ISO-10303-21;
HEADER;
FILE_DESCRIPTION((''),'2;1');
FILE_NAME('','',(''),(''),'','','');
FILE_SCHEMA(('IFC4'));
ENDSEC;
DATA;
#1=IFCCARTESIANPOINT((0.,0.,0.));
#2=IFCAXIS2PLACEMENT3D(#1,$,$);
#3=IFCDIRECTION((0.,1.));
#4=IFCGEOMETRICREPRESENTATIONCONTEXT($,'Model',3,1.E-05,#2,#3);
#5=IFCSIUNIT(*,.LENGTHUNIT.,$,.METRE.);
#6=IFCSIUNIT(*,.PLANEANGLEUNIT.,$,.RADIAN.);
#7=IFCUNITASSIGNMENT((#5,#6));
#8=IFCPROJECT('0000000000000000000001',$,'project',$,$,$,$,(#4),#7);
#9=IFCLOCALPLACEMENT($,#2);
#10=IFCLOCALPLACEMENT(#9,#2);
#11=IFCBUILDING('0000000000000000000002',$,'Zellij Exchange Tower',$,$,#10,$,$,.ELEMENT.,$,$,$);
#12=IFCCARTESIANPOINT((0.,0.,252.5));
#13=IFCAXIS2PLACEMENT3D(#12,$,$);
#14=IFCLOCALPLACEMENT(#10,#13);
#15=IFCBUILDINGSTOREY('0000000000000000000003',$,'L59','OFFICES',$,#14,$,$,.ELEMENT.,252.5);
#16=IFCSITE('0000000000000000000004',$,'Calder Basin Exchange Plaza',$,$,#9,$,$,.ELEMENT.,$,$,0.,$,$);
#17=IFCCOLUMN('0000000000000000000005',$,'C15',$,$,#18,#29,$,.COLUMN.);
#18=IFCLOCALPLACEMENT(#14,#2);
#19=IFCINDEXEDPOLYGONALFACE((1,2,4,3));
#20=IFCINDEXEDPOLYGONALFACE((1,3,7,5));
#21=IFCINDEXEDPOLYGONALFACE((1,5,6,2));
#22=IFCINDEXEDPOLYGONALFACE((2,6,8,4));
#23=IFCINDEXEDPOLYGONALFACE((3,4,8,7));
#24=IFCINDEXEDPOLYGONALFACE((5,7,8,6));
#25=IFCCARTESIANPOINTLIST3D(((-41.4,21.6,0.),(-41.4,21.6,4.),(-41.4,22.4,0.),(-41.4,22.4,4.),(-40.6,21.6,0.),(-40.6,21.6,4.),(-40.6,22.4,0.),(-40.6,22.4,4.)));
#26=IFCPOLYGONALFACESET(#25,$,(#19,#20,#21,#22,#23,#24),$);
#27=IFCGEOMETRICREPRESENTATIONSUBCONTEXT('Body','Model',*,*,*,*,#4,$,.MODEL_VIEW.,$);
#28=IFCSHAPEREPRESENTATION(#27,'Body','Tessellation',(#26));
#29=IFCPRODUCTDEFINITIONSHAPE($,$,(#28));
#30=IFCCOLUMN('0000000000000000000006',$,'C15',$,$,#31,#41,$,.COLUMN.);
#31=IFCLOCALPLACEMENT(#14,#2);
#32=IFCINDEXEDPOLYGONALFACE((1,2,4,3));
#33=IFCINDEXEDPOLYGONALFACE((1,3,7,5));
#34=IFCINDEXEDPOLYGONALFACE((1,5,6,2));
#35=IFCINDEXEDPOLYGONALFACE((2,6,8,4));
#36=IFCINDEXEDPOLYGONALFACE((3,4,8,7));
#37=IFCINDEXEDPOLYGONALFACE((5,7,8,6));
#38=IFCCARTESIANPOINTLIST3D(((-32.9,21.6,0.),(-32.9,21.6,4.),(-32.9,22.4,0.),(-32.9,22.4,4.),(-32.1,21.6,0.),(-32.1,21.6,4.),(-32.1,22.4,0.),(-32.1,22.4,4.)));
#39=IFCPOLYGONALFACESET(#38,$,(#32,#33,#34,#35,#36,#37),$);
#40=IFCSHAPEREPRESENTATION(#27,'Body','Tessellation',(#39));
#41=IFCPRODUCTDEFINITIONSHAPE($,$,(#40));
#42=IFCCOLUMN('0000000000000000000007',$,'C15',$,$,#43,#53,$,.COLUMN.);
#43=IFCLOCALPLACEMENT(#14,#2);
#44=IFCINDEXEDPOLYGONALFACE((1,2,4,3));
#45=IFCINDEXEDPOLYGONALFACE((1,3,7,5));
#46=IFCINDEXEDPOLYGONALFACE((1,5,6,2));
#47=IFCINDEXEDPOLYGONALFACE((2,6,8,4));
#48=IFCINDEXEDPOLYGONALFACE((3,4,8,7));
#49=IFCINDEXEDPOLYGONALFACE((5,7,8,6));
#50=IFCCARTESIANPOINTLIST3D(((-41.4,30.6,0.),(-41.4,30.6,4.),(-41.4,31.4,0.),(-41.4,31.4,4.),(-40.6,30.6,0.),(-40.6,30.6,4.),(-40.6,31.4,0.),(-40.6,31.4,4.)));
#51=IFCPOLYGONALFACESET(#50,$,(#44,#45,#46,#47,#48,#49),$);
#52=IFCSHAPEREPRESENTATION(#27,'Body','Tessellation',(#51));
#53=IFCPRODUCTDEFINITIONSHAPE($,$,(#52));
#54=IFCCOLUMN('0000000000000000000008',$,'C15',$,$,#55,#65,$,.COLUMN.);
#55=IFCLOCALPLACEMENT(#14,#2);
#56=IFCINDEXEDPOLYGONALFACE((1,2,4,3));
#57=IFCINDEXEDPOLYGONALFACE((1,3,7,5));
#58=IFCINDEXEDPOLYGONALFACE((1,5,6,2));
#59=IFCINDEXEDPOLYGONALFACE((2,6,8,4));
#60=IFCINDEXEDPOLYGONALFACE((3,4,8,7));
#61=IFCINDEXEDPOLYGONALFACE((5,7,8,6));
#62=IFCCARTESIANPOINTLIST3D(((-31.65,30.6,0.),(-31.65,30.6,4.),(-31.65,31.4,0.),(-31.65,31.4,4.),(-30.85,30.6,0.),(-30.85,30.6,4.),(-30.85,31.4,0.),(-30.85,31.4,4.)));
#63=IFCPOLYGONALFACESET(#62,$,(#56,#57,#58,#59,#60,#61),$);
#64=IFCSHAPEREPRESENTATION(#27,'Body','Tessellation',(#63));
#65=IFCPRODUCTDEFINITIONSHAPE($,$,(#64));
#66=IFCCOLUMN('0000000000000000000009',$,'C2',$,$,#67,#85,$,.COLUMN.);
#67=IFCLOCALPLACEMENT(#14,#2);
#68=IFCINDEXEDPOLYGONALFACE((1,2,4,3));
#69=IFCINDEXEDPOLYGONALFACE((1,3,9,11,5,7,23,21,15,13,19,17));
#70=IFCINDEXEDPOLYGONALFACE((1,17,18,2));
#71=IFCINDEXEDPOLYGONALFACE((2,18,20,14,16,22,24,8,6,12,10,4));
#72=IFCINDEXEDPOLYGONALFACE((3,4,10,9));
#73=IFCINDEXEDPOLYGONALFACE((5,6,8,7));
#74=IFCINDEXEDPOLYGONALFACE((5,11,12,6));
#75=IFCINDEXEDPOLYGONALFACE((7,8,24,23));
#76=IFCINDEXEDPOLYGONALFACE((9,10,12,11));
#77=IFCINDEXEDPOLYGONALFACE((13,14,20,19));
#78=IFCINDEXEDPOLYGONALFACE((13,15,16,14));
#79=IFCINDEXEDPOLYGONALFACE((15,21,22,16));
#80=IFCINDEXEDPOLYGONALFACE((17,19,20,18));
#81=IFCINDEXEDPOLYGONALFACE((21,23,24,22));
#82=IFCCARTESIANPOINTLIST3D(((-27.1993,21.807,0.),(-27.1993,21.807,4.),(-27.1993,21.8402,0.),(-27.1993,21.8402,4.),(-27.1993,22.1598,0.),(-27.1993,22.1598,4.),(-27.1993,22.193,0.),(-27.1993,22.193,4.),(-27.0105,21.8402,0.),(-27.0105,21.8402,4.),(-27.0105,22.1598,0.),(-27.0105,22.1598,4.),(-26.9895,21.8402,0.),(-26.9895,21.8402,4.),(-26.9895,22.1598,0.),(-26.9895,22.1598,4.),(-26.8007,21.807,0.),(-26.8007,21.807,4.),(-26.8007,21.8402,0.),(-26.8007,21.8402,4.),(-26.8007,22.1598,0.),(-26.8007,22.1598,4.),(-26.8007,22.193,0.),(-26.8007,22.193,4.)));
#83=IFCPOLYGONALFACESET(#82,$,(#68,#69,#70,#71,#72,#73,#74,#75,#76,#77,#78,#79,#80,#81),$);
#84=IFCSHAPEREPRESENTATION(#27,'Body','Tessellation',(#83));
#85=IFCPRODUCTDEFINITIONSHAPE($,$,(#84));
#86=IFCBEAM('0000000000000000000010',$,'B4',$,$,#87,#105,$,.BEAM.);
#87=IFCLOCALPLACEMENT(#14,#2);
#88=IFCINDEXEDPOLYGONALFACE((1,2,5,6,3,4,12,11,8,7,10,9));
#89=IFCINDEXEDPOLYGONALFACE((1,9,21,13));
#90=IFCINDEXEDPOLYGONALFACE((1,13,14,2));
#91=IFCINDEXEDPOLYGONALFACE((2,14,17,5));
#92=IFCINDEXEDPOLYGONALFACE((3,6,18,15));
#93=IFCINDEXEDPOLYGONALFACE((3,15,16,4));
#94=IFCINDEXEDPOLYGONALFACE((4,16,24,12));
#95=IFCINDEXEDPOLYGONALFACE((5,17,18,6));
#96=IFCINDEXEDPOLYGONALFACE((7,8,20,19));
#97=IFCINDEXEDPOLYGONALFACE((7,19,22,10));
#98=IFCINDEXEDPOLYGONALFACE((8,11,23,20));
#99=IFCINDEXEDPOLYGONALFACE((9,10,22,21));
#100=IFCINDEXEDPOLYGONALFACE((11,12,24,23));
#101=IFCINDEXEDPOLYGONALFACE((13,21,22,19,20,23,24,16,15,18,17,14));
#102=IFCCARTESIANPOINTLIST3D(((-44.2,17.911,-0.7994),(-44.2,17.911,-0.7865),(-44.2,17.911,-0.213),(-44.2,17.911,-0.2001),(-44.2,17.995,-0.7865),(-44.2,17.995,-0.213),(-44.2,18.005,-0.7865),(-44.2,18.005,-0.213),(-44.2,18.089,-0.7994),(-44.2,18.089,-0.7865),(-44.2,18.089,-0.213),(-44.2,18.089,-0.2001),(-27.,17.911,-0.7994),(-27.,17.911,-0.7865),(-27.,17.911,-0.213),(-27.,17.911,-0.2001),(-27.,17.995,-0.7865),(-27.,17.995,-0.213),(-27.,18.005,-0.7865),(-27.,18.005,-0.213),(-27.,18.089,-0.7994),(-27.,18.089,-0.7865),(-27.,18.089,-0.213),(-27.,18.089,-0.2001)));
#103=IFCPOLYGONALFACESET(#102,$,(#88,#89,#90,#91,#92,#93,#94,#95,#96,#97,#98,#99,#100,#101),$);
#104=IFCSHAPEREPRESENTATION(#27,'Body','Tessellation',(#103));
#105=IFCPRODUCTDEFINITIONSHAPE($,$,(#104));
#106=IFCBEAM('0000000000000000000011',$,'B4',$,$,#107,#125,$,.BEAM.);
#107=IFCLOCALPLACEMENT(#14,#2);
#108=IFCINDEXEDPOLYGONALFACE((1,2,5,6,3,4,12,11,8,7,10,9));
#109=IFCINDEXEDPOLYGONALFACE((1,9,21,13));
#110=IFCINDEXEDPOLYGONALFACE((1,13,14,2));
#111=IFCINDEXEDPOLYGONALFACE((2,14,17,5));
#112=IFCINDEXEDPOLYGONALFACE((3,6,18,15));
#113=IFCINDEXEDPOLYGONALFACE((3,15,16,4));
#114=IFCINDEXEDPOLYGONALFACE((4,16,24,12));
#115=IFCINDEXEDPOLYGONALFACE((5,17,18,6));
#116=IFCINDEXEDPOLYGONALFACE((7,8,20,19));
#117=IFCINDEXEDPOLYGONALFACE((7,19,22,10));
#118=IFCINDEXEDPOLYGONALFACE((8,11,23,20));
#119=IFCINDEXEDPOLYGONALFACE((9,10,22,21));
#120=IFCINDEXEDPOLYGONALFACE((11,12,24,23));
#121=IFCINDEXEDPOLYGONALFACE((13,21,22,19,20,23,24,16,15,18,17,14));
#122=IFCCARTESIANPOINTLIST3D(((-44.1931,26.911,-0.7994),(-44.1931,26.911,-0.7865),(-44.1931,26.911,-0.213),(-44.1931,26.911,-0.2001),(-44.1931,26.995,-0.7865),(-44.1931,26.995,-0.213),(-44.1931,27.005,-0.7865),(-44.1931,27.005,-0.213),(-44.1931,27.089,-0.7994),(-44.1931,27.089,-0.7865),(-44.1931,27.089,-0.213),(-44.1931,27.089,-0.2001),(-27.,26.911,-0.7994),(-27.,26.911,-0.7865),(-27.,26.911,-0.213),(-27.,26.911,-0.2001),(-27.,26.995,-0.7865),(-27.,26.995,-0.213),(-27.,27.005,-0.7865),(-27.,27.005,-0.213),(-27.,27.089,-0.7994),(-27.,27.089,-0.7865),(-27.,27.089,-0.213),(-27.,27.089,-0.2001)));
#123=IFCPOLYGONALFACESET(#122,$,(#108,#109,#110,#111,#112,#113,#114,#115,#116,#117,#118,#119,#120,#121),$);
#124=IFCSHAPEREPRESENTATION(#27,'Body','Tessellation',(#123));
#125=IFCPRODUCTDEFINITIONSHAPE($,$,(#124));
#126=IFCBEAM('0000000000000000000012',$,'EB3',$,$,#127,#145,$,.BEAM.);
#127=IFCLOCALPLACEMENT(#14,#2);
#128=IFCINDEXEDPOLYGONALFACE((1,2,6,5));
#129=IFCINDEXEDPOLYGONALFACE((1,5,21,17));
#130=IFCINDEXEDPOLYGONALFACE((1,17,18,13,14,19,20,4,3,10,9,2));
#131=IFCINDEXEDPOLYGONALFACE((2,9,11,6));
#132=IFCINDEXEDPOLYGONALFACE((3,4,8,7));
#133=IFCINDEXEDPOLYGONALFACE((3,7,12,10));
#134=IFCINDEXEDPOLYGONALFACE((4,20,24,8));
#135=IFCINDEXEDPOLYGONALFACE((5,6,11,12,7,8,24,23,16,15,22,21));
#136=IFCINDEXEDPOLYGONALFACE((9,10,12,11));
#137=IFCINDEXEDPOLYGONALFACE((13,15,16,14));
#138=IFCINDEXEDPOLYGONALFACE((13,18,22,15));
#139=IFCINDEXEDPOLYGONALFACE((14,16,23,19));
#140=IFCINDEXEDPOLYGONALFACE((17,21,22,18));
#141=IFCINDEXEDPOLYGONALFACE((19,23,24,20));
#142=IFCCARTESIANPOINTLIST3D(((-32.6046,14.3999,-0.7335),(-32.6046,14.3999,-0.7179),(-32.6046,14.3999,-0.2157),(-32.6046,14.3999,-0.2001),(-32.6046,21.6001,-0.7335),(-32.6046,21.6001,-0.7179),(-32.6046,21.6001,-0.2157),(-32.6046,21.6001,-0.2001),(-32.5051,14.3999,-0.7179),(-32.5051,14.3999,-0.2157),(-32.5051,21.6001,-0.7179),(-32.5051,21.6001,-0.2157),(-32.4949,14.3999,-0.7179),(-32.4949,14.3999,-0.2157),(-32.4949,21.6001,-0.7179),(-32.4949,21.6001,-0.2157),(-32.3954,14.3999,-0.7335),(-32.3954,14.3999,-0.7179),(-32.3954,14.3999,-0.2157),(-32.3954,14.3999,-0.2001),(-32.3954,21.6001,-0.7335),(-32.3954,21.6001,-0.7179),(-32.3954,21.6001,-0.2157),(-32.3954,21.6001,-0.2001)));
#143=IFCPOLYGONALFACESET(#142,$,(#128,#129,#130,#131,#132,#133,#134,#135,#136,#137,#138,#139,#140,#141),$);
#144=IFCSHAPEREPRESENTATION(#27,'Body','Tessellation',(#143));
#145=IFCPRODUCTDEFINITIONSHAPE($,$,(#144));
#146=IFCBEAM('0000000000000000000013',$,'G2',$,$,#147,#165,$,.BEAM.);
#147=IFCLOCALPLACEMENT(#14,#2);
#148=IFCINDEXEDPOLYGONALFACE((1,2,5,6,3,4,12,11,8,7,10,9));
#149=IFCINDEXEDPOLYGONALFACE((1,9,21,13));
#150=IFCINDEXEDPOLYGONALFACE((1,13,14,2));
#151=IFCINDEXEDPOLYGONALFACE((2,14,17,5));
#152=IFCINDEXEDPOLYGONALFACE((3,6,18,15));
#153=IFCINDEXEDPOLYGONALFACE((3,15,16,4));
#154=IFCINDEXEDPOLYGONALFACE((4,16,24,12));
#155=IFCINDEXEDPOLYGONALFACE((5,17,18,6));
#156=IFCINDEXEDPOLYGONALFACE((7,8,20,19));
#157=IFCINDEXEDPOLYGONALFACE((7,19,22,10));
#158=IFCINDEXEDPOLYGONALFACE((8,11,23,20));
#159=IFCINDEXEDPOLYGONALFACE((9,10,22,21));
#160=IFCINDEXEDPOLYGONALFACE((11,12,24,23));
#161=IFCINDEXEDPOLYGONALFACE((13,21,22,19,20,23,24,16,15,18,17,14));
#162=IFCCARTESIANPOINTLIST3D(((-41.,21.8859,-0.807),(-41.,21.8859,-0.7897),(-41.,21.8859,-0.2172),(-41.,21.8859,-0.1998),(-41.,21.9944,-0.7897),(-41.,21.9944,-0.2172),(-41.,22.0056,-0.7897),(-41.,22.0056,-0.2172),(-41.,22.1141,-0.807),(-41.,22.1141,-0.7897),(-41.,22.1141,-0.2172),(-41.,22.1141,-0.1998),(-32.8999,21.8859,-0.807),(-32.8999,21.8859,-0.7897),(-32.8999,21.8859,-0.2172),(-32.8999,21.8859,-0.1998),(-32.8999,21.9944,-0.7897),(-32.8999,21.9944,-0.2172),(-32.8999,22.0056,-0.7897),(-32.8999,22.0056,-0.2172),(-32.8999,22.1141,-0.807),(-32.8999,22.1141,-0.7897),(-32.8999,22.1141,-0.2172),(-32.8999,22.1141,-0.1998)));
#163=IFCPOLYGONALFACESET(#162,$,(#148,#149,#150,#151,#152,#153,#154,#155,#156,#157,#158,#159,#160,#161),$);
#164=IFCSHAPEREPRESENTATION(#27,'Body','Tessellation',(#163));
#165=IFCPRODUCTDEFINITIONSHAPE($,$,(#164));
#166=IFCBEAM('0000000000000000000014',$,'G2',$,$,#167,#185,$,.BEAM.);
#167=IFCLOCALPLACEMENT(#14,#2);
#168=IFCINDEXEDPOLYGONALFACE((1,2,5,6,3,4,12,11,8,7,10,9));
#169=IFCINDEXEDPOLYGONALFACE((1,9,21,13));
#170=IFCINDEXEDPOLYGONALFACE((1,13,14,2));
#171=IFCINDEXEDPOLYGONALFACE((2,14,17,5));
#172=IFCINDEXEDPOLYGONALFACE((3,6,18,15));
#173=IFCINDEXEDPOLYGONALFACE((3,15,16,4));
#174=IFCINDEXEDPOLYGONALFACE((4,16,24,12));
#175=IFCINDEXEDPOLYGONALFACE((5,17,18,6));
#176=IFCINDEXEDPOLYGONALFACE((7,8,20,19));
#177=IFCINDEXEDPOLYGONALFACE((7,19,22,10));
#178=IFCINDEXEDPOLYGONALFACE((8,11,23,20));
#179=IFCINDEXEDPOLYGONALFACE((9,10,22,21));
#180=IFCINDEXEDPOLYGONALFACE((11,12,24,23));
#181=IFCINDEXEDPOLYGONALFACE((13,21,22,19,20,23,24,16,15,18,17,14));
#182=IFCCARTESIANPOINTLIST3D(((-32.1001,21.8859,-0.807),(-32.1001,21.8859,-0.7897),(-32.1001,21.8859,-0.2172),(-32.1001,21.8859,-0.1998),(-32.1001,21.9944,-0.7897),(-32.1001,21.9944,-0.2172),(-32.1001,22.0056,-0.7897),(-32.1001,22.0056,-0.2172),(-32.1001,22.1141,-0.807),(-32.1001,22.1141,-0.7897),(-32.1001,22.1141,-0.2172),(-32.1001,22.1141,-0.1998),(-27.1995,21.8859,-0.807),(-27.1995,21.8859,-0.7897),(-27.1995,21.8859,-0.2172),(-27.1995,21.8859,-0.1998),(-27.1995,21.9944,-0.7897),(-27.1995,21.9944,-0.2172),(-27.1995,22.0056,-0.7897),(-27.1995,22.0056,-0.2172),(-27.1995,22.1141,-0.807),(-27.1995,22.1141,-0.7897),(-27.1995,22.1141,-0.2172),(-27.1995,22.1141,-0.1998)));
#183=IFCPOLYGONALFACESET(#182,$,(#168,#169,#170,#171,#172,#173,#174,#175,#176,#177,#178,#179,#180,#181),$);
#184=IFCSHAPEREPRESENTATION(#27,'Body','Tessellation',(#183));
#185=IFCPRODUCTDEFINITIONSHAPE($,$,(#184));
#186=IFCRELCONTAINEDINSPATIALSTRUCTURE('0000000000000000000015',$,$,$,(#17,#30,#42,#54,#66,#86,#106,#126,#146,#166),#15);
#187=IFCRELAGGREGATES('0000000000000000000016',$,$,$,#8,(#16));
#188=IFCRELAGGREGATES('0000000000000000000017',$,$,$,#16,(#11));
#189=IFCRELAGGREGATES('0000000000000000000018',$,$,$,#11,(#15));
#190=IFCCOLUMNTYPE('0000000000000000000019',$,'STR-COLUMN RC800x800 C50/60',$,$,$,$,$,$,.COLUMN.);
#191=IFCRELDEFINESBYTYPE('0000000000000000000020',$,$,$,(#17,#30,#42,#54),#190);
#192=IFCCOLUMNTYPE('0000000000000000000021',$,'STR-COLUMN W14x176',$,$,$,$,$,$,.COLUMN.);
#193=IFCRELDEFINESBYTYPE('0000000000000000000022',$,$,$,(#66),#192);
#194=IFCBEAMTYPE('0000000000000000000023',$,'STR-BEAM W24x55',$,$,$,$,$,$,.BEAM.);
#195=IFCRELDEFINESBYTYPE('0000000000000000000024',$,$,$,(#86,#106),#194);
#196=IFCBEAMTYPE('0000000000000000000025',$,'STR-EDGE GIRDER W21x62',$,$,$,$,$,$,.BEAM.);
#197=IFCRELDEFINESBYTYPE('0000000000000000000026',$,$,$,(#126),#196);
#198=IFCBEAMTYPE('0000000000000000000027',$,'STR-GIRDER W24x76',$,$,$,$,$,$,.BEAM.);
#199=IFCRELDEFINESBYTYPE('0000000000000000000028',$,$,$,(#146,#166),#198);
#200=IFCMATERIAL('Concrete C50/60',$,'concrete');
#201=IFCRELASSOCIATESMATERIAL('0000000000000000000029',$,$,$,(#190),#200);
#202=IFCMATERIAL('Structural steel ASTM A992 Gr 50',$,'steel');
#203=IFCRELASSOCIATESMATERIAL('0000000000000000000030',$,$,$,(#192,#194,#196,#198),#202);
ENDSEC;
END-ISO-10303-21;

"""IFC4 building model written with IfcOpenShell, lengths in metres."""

from ifc_helpers import new_model, si_unit, direction, frame, origin, origin_2d, place, context, subcontext, project, spatial, rectangle, i_section, extrude, material, material_profile, profile_set, type_object, element, save


model = new_model("IFC4")

# Units and contexts
model_context = context("Model", 3, precision=1e-05, world=origin(), true_north=direction((0.0, 1.0)))
body_context = subcontext(model_context, "Body", "Model", "MODEL_VIEW")
ifc_project = project(units=[si_unit("LENGTHUNIT", "METRE"), si_unit("PLANEANGLEUNIT", "RADIAN")], contexts=[model_context])

# Site, building, storey
site_placement = place(None, origin())
site = spatial("IfcSite", under=ifc_project, at=site_placement, Name="Calder Basin Exchange Plaza", CompositionType="ELEMENT", RefElevation=0.0)
building_placement = place(site_placement, origin())
building = spatial("IfcBuilding", under=site, at=building_placement, Name="Zellij Exchange Tower", CompositionType="ELEMENT")
storey_placement = place(building_placement, frame((0.0, 0.0, 252.5)))
storey = spatial("IfcBuildingStorey", under=building, at=storey_placement, Name="L59", Description="OFFICES", CompositionType="ELEMENT", Elevation=252.5)

# Columns
ifc_material_1 = material(Name="Concrete C50/60", Category="concrete")
ifc_material_profile_1 = material_profile(ifc_material_1, rectangle(XDim=0.8, YDim=0.8, at=origin_2d()), Name="STR-COLUMN RC800x800 C50/60")
ifc_profile_set_1 = profile_set([ifc_material_profile_1], Name="Concrete C50/60")
column_type_1 = type_object("IfcColumnType", Name="STR-COLUMN RC800x800 C50/60", PredefinedType="COLUMN", material=ifc_profile_set_1)
for number, where, z_axis, x_axis, name in (
    (1, (-41.0, 22.0, 0.0), (0.0, 0.0, 1.0), (1.0, 0.0, 0.0), "C15"),
    (2, (-32.5, 22.0, 0.0), (0.0, 0.0, 1.0), (1.0, 0.0, 0.0), "C15"),
    (3, (-41.0, 31.0, 0.0), (0.0, 0.0, 1.0), (1.0, 0.0, 0.0), "C15"),
    (4, (-31.25, 31.0, 0.0), (0.0, 0.0, 1.0), (1.0, 0.0, 0.0), "C15"),
):
    element("IfcColumn", number, at=place(storey_placement, frame(where, z_axis=z_axis, x_axis=x_axis)), inside=storey, type_object=column_type_1, Name=name, PredefinedType="COLUMN", context=body_context, shape_type="SweptSolid", body=[
        extrude(rectangle(XDim=0.8, YDim=0.8, at=origin_2d()), origin(), (0.0, 0.0, 1.0), 4.0),
    ])
ifc_material_2 = material(Name="Structural steel ASTM A992 Gr 50", Category="steel")
ifc_material_profile_2 = material_profile(ifc_material_2, i_section(OverallWidth=0.3987, OverallDepth=0.386, WebThickness=0.021, FlangeThickness=0.0332, at=origin_2d()), Name="W14x176")
ifc_profile_set_2 = profile_set([ifc_material_profile_2], Name="Structural steel ASTM A992 Gr 50")
column_type_2 = type_object("IfcColumnType", Name="STR-COLUMN W14x176", PredefinedType="COLUMN", material=ifc_profile_set_2)
column_placement = place(storey_placement, frame((-27.0, 22.0, 0.0), z_axis=(0.0, 0.0, 1.0), x_axis=(1.0, 0.0, 0.0)))
element("IfcColumn", 5, at=column_placement, inside=storey, type_object=column_type_2, Name="C2", PredefinedType="COLUMN", context=body_context, shape_type="SweptSolid", body=[
    extrude(i_section(OverallWidth=0.3987, OverallDepth=0.386, WebThickness=0.021, FlangeThickness=0.0332, at=origin_2d()), origin(), (0.0, 0.0, 1.0), 4.0),
])

# Beams
ifc_material_profile_3 = material_profile(ifc_material_2, i_section(OverallWidth=0.178, OverallDepth=0.5994, WebThickness=0.01, FlangeThickness=0.0129, at=origin_2d()), Name="W24x55")
ifc_profile_set_3 = profile_set([ifc_material_profile_3], Name="Structural steel ASTM A992 Gr 50")
beam_type_1 = type_object("IfcBeamType", Name="STR-BEAM W24x55", PredefinedType="BEAM", material=ifc_profile_set_3)
beam_1_placement = place(storey_placement, frame((-44.2, 18.0, -0.4998), z_axis=(1.0, 0.0, 0.0), x_axis=(0.0, 1.0, 0.0)))
element("IfcBeam", 6, at=beam_1_placement, inside=storey, type_object=beam_type_1, Name="B4", PredefinedType="BEAM", context=body_context, shape_type="SweptSolid", body=[
    extrude(i_section(OverallWidth=0.178, OverallDepth=0.5994, WebThickness=0.01, FlangeThickness=0.0129, at=origin_2d()), origin(), (0.0, 0.0, 1.0), 17.2),
])
beam_2_placement = place(storey_placement, frame((-44.1931, 27.0, -0.4998), z_axis=(1.0, 0.0, 0.0), x_axis=(0.0, 1.0, 0.0)))
element("IfcBeam", 7, at=beam_2_placement, inside=storey, type_object=beam_type_1, Name="B4", PredefinedType="BEAM", context=body_context, shape_type="SweptSolid", body=[
    extrude(i_section(OverallWidth=0.178, OverallDepth=0.5994, WebThickness=0.01, FlangeThickness=0.0129, at=origin_2d()), origin(), (0.0, 0.0, 1.0), 17.1931),
])
ifc_material_profile_4 = material_profile(ifc_material_2, i_section(OverallWidth=0.2092, OverallDepth=0.5334, WebThickness=0.0103, FlangeThickness=0.0156, at=origin_2d()), Name="W21x62")
ifc_profile_set_4 = profile_set([ifc_material_profile_4], Name="Structural steel ASTM A992 Gr 50")
beam_type_2 = type_object("IfcBeamType", Name="STR-EDGE GIRDER W21x62", PredefinedType="BEAM", material=ifc_profile_set_4)
beam_3_placement = place(storey_placement, frame((-32.5, 14.3999, -0.4668), z_axis=(0.0, 1.0, 0.0), x_axis=(-1.0, 0.0, 0.0)))
element("IfcBeam", 8, at=beam_3_placement, inside=storey, type_object=beam_type_2, Name="EB3", PredefinedType="BEAM", context=body_context, shape_type="SweptSolid", body=[
    extrude(i_section(OverallWidth=0.2092, OverallDepth=0.5334, WebThickness=0.0103, FlangeThickness=0.0156, at=origin_2d()), origin(), (0.0, 0.0, 1.0), 7.2002),
])
ifc_material_profile_5 = material_profile(ifc_material_2, i_section(OverallWidth=0.2283, OverallDepth=0.6072, WebThickness=0.0112, FlangeThickness=0.0173, at=origin_2d()), Name="W24x76")
ifc_profile_set_5 = profile_set([ifc_material_profile_5], Name="Structural steel ASTM A992 Gr 50")
beam_type_3 = type_object("IfcBeamType", Name="STR-GIRDER W24x76", PredefinedType="BEAM", material=ifc_profile_set_5)
beam_4_placement = place(storey_placement, frame((-41.0, 22.0, -0.5034), z_axis=(1.0, 0.0, 0.0), x_axis=(0.0, 1.0, 0.0)))
element("IfcBeam", 9, at=beam_4_placement, inside=storey, type_object=beam_type_3, Name="G2", PredefinedType="BEAM", context=body_context, shape_type="SweptSolid", body=[
    extrude(i_section(OverallWidth=0.2283, OverallDepth=0.6072, WebThickness=0.0112, FlangeThickness=0.0173, at=origin_2d()), origin(), (0.0, 0.0, 1.0), 8.1001),
])
beam_5_placement = place(storey_placement, frame((-32.1001, 22.0, -0.5034), z_axis=(1.0, 0.0, 0.0), x_axis=(0.0, 1.0, 0.0)))
element("IfcBeam", 10, at=beam_5_placement, inside=storey, type_object=beam_type_3, Name="G2", PredefinedType="BEAM", context=body_context, shape_type="SweptSolid", body=[
    extrude(i_section(OverallWidth=0.2283, OverallDepth=0.6072, WebThickness=0.0112, FlangeThickness=0.0173, at=origin_2d()), origin(), (0.0, 0.0, 1.0), 4.9006),
])

save(model, "model.ifc")
